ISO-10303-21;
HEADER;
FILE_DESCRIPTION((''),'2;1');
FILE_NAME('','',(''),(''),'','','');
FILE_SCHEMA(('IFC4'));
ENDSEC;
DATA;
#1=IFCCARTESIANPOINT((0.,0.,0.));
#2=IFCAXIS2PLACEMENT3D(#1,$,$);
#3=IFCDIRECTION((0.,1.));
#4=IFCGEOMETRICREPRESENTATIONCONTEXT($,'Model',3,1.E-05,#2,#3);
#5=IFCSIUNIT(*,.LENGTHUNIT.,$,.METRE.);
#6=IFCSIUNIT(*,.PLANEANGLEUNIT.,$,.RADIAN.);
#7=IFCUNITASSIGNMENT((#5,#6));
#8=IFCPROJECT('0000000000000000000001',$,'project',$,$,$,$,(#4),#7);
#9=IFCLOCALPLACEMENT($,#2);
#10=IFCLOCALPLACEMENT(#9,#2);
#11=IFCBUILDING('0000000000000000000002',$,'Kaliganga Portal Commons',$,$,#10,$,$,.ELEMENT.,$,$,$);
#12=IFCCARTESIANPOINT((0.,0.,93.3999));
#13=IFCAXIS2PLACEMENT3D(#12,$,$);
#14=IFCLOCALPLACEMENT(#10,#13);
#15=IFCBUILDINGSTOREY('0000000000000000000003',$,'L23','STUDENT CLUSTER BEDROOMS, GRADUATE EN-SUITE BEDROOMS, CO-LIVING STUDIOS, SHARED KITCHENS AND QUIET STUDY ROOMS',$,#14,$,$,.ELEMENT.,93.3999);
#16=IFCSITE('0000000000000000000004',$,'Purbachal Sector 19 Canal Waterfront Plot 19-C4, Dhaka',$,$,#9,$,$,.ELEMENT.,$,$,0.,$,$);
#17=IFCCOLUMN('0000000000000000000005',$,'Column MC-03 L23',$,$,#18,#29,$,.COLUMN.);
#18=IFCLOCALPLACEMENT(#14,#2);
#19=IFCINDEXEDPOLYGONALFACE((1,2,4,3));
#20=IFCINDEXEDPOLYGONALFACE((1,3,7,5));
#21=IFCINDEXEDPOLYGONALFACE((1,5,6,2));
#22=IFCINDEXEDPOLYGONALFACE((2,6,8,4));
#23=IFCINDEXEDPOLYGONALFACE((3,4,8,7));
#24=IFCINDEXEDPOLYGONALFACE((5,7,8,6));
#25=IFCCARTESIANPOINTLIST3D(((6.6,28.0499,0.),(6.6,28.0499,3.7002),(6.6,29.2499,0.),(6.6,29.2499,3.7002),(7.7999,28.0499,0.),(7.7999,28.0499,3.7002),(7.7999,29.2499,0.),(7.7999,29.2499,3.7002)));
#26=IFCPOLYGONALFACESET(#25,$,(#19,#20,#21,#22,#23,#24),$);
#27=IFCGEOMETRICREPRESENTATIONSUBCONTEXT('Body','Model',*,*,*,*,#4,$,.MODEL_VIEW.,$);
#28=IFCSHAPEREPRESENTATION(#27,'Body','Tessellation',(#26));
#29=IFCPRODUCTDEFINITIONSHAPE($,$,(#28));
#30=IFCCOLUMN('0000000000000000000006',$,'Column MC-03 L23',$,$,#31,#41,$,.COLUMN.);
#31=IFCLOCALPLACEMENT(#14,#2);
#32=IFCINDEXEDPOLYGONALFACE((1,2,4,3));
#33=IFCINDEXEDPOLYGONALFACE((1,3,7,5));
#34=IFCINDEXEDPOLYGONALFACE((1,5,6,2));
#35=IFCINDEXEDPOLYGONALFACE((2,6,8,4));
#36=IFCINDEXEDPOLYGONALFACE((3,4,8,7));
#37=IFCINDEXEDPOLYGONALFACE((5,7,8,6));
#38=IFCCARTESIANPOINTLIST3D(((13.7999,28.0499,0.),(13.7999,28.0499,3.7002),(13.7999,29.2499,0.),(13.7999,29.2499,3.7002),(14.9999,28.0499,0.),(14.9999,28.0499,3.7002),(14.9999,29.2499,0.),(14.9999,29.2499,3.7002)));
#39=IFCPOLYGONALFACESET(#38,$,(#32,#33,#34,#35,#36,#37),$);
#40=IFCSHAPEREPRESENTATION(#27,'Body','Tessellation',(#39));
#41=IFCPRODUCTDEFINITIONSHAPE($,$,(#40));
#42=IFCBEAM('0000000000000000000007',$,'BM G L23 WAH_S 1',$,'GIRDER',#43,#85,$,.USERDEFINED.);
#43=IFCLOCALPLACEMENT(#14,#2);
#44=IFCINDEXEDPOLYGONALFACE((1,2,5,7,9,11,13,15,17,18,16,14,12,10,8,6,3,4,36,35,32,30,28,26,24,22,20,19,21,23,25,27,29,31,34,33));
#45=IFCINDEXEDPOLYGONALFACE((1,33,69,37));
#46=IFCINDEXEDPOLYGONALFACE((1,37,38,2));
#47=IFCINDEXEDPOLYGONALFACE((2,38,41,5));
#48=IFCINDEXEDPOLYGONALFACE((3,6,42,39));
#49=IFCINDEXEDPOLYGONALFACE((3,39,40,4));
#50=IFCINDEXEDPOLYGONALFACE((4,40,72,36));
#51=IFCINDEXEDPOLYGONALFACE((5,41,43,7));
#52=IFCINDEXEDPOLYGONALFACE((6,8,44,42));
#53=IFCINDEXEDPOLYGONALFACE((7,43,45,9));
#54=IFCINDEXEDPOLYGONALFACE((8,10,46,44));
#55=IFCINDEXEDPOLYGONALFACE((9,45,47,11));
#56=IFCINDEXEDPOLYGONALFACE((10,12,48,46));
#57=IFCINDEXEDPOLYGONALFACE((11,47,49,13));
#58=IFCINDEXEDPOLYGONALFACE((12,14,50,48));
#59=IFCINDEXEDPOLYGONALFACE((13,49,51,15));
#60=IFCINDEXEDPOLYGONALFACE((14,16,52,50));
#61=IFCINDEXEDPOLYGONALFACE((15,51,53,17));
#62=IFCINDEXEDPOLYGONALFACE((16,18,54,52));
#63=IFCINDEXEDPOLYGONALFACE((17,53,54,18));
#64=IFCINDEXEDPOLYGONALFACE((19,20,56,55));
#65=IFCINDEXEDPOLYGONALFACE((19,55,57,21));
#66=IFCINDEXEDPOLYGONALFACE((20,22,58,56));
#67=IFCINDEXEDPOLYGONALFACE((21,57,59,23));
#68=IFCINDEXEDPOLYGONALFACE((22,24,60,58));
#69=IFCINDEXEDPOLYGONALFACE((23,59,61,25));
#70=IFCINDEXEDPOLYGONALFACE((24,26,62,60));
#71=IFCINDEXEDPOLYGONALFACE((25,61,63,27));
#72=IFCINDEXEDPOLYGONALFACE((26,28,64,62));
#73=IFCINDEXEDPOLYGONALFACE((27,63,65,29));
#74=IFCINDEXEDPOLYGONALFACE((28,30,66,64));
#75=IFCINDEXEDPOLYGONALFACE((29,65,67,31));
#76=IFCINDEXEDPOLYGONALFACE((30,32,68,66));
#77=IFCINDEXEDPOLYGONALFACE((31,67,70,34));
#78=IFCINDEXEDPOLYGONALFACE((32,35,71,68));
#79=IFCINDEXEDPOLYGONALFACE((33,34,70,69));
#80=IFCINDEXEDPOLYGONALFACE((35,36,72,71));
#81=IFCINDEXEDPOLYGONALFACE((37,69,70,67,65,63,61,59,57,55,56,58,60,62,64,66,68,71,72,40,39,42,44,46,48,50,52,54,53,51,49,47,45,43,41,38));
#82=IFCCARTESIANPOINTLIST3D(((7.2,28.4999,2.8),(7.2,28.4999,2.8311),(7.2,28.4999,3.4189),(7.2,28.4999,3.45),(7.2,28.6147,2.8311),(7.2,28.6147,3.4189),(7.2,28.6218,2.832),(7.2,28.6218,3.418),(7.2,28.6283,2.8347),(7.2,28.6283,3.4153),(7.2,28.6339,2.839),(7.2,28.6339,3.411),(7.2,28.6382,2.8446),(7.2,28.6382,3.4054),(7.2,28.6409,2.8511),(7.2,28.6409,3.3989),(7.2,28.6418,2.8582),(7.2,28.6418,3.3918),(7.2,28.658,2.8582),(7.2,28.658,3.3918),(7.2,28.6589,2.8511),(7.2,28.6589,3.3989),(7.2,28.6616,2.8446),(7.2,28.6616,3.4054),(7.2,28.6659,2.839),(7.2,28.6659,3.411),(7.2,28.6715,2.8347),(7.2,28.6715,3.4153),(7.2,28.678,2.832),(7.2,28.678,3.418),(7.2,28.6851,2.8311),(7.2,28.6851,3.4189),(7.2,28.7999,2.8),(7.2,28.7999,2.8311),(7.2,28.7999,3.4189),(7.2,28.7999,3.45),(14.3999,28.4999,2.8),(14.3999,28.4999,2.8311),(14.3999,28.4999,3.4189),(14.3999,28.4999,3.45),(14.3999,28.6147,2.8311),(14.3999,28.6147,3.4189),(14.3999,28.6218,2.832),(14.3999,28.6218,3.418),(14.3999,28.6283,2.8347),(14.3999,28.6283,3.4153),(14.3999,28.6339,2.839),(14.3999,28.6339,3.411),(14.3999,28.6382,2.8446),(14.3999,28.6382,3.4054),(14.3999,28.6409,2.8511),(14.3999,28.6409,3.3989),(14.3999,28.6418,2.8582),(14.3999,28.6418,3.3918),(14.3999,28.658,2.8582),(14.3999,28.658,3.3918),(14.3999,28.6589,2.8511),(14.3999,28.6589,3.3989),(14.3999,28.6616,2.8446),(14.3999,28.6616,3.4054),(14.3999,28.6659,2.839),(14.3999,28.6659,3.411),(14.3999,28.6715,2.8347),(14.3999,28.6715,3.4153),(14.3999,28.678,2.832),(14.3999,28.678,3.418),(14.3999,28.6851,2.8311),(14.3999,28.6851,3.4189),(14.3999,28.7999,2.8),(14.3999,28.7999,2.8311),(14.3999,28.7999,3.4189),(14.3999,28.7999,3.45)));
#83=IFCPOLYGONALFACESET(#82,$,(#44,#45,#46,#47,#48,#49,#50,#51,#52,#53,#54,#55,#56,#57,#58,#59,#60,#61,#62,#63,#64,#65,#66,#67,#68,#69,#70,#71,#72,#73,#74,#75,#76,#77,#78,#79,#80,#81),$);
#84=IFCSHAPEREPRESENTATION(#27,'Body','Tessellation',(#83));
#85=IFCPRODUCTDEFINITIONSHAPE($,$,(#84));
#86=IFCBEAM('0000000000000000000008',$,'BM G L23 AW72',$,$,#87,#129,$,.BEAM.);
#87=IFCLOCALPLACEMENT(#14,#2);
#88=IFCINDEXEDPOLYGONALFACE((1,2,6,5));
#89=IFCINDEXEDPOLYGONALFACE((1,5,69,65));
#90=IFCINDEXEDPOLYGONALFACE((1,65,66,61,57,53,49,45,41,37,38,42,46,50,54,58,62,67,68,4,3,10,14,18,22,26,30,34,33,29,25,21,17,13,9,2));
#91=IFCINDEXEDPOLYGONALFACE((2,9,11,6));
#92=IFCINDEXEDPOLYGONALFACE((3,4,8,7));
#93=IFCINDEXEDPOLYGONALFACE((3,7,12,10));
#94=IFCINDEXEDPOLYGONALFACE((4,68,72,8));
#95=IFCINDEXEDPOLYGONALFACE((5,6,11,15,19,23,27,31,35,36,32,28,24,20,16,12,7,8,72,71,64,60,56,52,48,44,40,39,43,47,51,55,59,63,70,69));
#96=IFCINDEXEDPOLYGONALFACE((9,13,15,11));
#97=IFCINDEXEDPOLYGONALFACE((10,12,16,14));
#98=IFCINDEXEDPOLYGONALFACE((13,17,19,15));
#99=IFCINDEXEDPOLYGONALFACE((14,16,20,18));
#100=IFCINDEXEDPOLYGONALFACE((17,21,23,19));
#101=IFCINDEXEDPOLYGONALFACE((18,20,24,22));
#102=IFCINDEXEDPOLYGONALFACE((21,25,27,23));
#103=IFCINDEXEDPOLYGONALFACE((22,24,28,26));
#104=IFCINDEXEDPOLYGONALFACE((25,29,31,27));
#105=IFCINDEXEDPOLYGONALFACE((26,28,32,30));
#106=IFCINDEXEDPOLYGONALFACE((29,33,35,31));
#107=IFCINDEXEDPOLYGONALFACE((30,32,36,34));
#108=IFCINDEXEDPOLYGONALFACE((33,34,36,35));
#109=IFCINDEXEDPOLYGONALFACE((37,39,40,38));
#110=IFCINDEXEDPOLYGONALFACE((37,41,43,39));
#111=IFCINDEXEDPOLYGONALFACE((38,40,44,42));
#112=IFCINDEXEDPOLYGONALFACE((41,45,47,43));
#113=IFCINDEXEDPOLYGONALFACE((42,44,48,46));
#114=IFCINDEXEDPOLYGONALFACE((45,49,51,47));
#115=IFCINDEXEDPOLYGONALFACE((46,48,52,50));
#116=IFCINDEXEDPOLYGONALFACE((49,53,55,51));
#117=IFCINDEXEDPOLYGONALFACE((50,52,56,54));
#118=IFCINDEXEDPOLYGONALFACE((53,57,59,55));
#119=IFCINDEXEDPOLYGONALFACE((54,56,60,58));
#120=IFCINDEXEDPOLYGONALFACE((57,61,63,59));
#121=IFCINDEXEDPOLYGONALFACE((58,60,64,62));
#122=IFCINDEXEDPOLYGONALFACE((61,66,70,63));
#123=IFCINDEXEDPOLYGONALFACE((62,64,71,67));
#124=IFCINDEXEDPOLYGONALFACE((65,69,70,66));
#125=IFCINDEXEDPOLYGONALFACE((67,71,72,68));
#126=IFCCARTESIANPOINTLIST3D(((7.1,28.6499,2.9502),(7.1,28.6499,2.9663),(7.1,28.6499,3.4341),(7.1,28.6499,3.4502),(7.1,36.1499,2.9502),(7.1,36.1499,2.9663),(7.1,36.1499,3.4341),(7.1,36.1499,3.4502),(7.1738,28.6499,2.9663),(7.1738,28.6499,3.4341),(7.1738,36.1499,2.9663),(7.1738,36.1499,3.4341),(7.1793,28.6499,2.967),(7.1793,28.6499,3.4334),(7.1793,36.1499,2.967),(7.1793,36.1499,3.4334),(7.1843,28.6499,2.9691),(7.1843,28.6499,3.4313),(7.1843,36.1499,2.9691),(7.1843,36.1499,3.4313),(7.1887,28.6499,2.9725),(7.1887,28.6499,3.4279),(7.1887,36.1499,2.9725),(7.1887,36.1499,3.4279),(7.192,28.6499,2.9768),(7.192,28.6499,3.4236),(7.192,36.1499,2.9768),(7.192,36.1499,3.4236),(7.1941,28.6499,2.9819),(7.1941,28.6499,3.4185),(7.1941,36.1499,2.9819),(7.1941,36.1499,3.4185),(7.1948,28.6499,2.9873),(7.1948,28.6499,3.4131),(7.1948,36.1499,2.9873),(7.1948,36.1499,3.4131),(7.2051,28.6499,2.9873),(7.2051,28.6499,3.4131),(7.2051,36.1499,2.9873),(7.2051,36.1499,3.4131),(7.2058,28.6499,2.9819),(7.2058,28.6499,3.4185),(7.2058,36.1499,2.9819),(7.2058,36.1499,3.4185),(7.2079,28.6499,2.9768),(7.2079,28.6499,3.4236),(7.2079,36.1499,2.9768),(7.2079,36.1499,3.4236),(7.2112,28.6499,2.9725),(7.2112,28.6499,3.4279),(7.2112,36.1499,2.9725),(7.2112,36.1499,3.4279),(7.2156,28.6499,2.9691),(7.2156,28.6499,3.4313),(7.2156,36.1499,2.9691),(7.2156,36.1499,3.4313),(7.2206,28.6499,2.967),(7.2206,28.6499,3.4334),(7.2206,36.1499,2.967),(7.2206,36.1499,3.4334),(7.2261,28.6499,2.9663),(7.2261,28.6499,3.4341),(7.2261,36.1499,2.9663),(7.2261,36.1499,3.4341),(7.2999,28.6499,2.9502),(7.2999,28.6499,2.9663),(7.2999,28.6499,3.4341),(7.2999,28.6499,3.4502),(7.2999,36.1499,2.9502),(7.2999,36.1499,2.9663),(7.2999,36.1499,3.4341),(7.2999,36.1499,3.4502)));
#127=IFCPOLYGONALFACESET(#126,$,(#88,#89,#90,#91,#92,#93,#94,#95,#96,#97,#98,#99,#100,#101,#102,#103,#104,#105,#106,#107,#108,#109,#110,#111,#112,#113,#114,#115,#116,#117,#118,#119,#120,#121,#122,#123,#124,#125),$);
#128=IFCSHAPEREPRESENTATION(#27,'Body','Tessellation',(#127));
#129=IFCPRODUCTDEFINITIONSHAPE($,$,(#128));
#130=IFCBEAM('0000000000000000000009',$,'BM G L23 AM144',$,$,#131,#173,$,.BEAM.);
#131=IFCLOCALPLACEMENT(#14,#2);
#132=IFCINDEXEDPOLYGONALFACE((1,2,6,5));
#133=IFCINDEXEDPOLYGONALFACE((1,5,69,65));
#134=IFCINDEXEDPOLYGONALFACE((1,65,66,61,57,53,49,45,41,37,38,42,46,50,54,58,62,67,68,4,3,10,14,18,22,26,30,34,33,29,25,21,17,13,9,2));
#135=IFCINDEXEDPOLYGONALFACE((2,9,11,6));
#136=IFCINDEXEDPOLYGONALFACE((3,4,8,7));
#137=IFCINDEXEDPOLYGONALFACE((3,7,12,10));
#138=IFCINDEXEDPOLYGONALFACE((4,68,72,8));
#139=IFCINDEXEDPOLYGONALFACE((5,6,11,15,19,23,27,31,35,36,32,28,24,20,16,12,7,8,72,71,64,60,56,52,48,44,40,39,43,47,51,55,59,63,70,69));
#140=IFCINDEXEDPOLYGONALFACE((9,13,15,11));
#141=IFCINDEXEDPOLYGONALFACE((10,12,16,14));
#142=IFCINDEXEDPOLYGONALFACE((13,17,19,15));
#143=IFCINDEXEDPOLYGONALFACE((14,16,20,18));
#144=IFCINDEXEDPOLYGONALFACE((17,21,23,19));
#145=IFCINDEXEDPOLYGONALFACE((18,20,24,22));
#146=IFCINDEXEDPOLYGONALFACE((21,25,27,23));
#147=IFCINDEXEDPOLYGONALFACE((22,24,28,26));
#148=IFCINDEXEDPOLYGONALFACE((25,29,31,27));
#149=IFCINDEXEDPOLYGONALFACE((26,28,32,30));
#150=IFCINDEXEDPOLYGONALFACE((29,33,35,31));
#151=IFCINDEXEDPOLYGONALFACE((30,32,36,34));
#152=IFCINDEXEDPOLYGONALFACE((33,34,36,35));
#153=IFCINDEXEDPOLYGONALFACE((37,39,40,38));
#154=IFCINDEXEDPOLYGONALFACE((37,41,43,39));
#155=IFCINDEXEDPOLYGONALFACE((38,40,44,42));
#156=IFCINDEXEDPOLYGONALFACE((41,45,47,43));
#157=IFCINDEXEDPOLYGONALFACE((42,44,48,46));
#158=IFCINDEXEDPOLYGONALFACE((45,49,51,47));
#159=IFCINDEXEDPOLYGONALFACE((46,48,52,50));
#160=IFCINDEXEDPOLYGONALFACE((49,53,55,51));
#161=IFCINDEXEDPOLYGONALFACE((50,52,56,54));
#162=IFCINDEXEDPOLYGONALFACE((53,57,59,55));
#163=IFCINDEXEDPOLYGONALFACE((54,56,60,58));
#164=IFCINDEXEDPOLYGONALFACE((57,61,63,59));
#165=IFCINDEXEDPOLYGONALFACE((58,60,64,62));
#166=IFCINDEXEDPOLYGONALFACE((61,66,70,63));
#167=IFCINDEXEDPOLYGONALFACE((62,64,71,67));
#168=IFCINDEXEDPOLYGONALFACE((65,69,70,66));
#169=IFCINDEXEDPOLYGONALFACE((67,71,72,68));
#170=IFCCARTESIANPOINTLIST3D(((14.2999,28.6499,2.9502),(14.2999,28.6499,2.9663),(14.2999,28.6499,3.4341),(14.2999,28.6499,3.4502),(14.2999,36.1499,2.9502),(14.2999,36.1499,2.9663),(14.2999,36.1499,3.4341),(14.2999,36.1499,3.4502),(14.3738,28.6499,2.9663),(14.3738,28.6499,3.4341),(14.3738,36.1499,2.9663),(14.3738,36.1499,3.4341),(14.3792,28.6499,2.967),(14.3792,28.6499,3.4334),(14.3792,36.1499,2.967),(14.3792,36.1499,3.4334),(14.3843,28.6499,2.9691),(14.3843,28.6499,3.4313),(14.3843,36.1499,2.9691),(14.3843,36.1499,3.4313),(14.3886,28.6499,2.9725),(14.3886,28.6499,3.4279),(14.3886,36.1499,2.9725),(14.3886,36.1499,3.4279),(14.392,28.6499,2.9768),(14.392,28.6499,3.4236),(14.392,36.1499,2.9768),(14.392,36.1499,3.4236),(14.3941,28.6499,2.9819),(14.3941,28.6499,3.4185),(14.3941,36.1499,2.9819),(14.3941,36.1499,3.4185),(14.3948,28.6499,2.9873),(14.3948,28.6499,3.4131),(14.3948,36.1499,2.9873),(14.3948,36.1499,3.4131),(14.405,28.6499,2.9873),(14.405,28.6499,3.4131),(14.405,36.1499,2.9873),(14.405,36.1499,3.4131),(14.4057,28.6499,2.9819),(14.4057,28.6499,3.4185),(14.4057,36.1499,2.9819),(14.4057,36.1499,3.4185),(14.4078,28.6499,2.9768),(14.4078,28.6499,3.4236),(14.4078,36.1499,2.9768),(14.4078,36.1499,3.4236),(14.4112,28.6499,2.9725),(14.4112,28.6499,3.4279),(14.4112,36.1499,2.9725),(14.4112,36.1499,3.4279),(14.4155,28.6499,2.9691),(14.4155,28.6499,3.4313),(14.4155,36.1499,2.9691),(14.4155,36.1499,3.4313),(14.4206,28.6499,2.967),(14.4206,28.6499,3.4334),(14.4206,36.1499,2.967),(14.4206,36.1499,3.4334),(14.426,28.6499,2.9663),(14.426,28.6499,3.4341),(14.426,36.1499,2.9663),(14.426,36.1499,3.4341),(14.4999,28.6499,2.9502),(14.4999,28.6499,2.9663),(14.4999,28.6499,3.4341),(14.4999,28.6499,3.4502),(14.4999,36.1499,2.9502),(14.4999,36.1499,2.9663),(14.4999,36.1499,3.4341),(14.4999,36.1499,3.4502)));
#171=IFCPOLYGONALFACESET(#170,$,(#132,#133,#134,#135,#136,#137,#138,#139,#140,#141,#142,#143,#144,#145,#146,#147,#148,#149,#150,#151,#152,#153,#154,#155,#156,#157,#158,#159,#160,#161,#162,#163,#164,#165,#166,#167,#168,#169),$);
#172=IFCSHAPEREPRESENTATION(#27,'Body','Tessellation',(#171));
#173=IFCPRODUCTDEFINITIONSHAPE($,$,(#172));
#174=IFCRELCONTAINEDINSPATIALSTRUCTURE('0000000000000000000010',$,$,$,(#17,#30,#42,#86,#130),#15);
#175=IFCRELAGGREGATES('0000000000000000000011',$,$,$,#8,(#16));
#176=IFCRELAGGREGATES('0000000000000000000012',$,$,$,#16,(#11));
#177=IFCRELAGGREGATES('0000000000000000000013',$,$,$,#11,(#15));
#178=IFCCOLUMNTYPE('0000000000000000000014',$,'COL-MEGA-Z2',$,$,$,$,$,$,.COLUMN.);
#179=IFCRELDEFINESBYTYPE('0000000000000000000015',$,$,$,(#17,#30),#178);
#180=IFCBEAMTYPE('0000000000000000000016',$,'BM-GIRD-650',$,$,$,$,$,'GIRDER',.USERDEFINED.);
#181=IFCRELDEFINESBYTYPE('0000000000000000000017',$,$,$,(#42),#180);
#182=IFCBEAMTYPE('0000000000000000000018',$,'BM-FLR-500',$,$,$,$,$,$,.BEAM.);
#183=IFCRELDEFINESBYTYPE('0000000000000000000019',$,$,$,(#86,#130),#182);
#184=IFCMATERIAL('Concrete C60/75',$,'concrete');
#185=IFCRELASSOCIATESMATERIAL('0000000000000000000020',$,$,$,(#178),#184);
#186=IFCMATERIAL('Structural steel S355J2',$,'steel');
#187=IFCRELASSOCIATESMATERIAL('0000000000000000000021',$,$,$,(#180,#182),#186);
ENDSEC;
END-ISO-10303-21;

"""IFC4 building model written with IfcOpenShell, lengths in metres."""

from ifc_helpers import new_model, si_unit, direction, frame, origin, origin_2d, place, context, subcontext, project, spatial, rectangle, i_section, extrude, source, transform, mapped, material, material_profile, profile_set, type_object, element, save


model = new_model("IFC4")

# Units and contexts
model_context = context("Model", 3, precision=1e-05, world=origin(), true_north=direction((0.0, 1.0)))
body_context = subcontext(model_context, "Body", "Model", "MODEL_VIEW")
ifc_project = project(units=[si_unit("LENGTHUNIT", "METRE"), si_unit("PLANEANGLEUNIT", "RADIAN")], contexts=[model_context])

# Site, building, storey
site_placement = place(None, origin())
site = spatial("IfcSite", under=ifc_project, at=site_placement, Name="Purbachal Sector 19 Canal Waterfront Plot 19-C4, Dhaka", CompositionType="ELEMENT", RefElevation=0.0)
building_placement = place(site_placement, origin())
building = spatial("IfcBuilding", under=site, at=building_placement, Name="Kaliganga Portal Commons", CompositionType="ELEMENT")
storey_placement = place(building_placement, frame((0.0, 0.0, 93.3999)))
storey = spatial("IfcBuildingStorey", under=building, at=storey_placement, Name="L23", Description="STUDENT CLUSTER BEDROOMS, GRADUATE EN-SUITE BEDROOMS, CO-LIVING STUDIOS, SHARED KITCHENS AND QUIET STUDY ROOMS", CompositionType="ELEMENT", Elevation=93.3999)

# Columns
ifc_material_1 = material(Name="Concrete C60/75", Category="concrete")
ifc_material_profile_1 = material_profile(ifc_material_1, rectangle(XDim=1.2, YDim=1.2, at=origin_2d()), Name="RC 1200x1200")
ifc_profile_set_1 = profile_set([ifc_material_profile_1], Name="Concrete C60/75")
column_type = type_object("IfcColumnType", Name="COL-MEGA-Z2", PredefinedType="COLUMN", material=ifc_profile_set_1)
shared_shape_1 = source(origin(), body_context, "Body", "SweptSolid", [
    extrude(rectangle(XDim=1.2, YDim=1.2, at=origin_2d()), origin(), (0.0, 0.0, 1.0), 3.7002),
])
for number, where, z_axis, x_axis, name in (
    (1, (7.2, 28.6499, 0.0), (0.0, 0.0, 1.0), (1.0, 0.0, 0.0), "Column MC-03 L23"),
    (2, (14.3999, 28.6499, 0.0), (0.0, 0.0, 1.0), (1.0, 0.0, 0.0), "Column MC-03 L23"),
):
    element("IfcColumn", number, at=place(storey_placement, frame(where, z_axis=z_axis, x_axis=x_axis)), inside=storey, type_object=column_type, Name=name, PredefinedType="COLUMN", context=body_context, shape_type="MappedRepresentation", body=[
        mapped(shared_shape_1, transform((0.0, 0.0, 0.0), x_axis=(1.0, 0.0, 0.0), y_axis=(0.0, 1.0, 0.0), z_axis=(0.0, 0.0, 1.0), scale=1.0)),
    ])

# Beams
ifc_material_2 = material(Name="Structural steel S355J2", Category="steel")
ifc_material_profile_2 = material_profile(ifc_material_2, i_section(OverallWidth=0.3, OverallDepth=0.6499, WebThickness=0.0161, FlangeThickness=0.031, FilletRadius=0.0271, at=origin_2d()), Name="HE 650 B")
ifc_profile_set_2 = profile_set([ifc_material_profile_2], Name="Structural steel S355J2 wide-flange")
beam_type_1 = type_object("IfcBeamType", Name="BM-GIRD-650", ElementType="GIRDER", PredefinedType="USERDEFINED", material=ifc_profile_set_2)
shared_shape_2 = source(origin(), body_context, "Body", "SweptSolid", [
    extrude(i_section(OverallWidth=0.3, OverallDepth=0.6499, WebThickness=0.0161, FlangeThickness=0.031, FilletRadius=0.0271, at=origin_2d()), origin(), (0.0, 0.0, 1.0), 7.2),
])
beam_placement = place(storey_placement, frame((7.2, 28.6499, 3.125), z_axis=(1.0, 0.0, 0.0), x_axis=(0.0, 1.0, 0.0)))
element("IfcBeam", 3, at=beam_placement, inside=storey, type_object=beam_type_1, Name="BM G L23 WAH_S 1", ObjectType="GIRDER", PredefinedType="USERDEFINED", context=body_context, shape_type="MappedRepresentation", body=[
    mapped(shared_shape_2, transform((0.0, 0.0, 0.0), x_axis=(1.0, 0.0, 0.0), y_axis=(0.0, 1.0, 0.0), z_axis=(0.0, 0.0, 1.0), scale=1.0)),
])
ifc_material_profile_3 = material_profile(ifc_material_2, i_section(OverallWidth=0.2, OverallDepth=0.5, WebThickness=0.0103, FlangeThickness=0.0161, FilletRadius=0.021, at=origin_2d()), Name="IPE 500")
ifc_profile_set_3 = profile_set([ifc_material_profile_3], Name="Structural steel S355J2 wide-flange")
beam_type_2 = type_object("IfcBeamType", Name="BM-FLR-500", PredefinedType="BEAM", material=ifc_profile_set_3)
shared_shape_3 = source(origin(), body_context, "Body", "SweptSolid", [
    extrude(i_section(OverallWidth=0.2, OverallDepth=0.5, WebThickness=0.0103, FlangeThickness=0.0161, FilletRadius=0.021, at=origin_2d()), origin(), (0.0, 0.0, 1.0), 7.5),
])
for number, where, z_axis, x_axis, name in (
    (4, (7.2, 28.6499, 3.2002), (0.0, 1.0, 0.0), (-1.0, 0.0, 0.0), "BM G L23 AW72"),
    (5, (14.3999, 28.6499, 3.2002), (0.0, 1.0, 0.0), (-1.0, 0.0, 0.0), "BM G L23 AM144"),
):
    element("IfcBeam", number, at=place(storey_placement, frame(where, z_axis=z_axis, x_axis=x_axis)), inside=storey, type_object=beam_type_2, Name=name, PredefinedType="BEAM", context=body_context, shape_type="MappedRepresentation", body=[
        mapped(shared_shape_3, transform((0.0, 0.0, 0.0), x_axis=(1.0, 0.0, 0.0), y_axis=(0.0, 1.0, 0.0), z_axis=(0.0, 0.0, 1.0), scale=1.0)),
    ])

save(model, "model.ifc")
